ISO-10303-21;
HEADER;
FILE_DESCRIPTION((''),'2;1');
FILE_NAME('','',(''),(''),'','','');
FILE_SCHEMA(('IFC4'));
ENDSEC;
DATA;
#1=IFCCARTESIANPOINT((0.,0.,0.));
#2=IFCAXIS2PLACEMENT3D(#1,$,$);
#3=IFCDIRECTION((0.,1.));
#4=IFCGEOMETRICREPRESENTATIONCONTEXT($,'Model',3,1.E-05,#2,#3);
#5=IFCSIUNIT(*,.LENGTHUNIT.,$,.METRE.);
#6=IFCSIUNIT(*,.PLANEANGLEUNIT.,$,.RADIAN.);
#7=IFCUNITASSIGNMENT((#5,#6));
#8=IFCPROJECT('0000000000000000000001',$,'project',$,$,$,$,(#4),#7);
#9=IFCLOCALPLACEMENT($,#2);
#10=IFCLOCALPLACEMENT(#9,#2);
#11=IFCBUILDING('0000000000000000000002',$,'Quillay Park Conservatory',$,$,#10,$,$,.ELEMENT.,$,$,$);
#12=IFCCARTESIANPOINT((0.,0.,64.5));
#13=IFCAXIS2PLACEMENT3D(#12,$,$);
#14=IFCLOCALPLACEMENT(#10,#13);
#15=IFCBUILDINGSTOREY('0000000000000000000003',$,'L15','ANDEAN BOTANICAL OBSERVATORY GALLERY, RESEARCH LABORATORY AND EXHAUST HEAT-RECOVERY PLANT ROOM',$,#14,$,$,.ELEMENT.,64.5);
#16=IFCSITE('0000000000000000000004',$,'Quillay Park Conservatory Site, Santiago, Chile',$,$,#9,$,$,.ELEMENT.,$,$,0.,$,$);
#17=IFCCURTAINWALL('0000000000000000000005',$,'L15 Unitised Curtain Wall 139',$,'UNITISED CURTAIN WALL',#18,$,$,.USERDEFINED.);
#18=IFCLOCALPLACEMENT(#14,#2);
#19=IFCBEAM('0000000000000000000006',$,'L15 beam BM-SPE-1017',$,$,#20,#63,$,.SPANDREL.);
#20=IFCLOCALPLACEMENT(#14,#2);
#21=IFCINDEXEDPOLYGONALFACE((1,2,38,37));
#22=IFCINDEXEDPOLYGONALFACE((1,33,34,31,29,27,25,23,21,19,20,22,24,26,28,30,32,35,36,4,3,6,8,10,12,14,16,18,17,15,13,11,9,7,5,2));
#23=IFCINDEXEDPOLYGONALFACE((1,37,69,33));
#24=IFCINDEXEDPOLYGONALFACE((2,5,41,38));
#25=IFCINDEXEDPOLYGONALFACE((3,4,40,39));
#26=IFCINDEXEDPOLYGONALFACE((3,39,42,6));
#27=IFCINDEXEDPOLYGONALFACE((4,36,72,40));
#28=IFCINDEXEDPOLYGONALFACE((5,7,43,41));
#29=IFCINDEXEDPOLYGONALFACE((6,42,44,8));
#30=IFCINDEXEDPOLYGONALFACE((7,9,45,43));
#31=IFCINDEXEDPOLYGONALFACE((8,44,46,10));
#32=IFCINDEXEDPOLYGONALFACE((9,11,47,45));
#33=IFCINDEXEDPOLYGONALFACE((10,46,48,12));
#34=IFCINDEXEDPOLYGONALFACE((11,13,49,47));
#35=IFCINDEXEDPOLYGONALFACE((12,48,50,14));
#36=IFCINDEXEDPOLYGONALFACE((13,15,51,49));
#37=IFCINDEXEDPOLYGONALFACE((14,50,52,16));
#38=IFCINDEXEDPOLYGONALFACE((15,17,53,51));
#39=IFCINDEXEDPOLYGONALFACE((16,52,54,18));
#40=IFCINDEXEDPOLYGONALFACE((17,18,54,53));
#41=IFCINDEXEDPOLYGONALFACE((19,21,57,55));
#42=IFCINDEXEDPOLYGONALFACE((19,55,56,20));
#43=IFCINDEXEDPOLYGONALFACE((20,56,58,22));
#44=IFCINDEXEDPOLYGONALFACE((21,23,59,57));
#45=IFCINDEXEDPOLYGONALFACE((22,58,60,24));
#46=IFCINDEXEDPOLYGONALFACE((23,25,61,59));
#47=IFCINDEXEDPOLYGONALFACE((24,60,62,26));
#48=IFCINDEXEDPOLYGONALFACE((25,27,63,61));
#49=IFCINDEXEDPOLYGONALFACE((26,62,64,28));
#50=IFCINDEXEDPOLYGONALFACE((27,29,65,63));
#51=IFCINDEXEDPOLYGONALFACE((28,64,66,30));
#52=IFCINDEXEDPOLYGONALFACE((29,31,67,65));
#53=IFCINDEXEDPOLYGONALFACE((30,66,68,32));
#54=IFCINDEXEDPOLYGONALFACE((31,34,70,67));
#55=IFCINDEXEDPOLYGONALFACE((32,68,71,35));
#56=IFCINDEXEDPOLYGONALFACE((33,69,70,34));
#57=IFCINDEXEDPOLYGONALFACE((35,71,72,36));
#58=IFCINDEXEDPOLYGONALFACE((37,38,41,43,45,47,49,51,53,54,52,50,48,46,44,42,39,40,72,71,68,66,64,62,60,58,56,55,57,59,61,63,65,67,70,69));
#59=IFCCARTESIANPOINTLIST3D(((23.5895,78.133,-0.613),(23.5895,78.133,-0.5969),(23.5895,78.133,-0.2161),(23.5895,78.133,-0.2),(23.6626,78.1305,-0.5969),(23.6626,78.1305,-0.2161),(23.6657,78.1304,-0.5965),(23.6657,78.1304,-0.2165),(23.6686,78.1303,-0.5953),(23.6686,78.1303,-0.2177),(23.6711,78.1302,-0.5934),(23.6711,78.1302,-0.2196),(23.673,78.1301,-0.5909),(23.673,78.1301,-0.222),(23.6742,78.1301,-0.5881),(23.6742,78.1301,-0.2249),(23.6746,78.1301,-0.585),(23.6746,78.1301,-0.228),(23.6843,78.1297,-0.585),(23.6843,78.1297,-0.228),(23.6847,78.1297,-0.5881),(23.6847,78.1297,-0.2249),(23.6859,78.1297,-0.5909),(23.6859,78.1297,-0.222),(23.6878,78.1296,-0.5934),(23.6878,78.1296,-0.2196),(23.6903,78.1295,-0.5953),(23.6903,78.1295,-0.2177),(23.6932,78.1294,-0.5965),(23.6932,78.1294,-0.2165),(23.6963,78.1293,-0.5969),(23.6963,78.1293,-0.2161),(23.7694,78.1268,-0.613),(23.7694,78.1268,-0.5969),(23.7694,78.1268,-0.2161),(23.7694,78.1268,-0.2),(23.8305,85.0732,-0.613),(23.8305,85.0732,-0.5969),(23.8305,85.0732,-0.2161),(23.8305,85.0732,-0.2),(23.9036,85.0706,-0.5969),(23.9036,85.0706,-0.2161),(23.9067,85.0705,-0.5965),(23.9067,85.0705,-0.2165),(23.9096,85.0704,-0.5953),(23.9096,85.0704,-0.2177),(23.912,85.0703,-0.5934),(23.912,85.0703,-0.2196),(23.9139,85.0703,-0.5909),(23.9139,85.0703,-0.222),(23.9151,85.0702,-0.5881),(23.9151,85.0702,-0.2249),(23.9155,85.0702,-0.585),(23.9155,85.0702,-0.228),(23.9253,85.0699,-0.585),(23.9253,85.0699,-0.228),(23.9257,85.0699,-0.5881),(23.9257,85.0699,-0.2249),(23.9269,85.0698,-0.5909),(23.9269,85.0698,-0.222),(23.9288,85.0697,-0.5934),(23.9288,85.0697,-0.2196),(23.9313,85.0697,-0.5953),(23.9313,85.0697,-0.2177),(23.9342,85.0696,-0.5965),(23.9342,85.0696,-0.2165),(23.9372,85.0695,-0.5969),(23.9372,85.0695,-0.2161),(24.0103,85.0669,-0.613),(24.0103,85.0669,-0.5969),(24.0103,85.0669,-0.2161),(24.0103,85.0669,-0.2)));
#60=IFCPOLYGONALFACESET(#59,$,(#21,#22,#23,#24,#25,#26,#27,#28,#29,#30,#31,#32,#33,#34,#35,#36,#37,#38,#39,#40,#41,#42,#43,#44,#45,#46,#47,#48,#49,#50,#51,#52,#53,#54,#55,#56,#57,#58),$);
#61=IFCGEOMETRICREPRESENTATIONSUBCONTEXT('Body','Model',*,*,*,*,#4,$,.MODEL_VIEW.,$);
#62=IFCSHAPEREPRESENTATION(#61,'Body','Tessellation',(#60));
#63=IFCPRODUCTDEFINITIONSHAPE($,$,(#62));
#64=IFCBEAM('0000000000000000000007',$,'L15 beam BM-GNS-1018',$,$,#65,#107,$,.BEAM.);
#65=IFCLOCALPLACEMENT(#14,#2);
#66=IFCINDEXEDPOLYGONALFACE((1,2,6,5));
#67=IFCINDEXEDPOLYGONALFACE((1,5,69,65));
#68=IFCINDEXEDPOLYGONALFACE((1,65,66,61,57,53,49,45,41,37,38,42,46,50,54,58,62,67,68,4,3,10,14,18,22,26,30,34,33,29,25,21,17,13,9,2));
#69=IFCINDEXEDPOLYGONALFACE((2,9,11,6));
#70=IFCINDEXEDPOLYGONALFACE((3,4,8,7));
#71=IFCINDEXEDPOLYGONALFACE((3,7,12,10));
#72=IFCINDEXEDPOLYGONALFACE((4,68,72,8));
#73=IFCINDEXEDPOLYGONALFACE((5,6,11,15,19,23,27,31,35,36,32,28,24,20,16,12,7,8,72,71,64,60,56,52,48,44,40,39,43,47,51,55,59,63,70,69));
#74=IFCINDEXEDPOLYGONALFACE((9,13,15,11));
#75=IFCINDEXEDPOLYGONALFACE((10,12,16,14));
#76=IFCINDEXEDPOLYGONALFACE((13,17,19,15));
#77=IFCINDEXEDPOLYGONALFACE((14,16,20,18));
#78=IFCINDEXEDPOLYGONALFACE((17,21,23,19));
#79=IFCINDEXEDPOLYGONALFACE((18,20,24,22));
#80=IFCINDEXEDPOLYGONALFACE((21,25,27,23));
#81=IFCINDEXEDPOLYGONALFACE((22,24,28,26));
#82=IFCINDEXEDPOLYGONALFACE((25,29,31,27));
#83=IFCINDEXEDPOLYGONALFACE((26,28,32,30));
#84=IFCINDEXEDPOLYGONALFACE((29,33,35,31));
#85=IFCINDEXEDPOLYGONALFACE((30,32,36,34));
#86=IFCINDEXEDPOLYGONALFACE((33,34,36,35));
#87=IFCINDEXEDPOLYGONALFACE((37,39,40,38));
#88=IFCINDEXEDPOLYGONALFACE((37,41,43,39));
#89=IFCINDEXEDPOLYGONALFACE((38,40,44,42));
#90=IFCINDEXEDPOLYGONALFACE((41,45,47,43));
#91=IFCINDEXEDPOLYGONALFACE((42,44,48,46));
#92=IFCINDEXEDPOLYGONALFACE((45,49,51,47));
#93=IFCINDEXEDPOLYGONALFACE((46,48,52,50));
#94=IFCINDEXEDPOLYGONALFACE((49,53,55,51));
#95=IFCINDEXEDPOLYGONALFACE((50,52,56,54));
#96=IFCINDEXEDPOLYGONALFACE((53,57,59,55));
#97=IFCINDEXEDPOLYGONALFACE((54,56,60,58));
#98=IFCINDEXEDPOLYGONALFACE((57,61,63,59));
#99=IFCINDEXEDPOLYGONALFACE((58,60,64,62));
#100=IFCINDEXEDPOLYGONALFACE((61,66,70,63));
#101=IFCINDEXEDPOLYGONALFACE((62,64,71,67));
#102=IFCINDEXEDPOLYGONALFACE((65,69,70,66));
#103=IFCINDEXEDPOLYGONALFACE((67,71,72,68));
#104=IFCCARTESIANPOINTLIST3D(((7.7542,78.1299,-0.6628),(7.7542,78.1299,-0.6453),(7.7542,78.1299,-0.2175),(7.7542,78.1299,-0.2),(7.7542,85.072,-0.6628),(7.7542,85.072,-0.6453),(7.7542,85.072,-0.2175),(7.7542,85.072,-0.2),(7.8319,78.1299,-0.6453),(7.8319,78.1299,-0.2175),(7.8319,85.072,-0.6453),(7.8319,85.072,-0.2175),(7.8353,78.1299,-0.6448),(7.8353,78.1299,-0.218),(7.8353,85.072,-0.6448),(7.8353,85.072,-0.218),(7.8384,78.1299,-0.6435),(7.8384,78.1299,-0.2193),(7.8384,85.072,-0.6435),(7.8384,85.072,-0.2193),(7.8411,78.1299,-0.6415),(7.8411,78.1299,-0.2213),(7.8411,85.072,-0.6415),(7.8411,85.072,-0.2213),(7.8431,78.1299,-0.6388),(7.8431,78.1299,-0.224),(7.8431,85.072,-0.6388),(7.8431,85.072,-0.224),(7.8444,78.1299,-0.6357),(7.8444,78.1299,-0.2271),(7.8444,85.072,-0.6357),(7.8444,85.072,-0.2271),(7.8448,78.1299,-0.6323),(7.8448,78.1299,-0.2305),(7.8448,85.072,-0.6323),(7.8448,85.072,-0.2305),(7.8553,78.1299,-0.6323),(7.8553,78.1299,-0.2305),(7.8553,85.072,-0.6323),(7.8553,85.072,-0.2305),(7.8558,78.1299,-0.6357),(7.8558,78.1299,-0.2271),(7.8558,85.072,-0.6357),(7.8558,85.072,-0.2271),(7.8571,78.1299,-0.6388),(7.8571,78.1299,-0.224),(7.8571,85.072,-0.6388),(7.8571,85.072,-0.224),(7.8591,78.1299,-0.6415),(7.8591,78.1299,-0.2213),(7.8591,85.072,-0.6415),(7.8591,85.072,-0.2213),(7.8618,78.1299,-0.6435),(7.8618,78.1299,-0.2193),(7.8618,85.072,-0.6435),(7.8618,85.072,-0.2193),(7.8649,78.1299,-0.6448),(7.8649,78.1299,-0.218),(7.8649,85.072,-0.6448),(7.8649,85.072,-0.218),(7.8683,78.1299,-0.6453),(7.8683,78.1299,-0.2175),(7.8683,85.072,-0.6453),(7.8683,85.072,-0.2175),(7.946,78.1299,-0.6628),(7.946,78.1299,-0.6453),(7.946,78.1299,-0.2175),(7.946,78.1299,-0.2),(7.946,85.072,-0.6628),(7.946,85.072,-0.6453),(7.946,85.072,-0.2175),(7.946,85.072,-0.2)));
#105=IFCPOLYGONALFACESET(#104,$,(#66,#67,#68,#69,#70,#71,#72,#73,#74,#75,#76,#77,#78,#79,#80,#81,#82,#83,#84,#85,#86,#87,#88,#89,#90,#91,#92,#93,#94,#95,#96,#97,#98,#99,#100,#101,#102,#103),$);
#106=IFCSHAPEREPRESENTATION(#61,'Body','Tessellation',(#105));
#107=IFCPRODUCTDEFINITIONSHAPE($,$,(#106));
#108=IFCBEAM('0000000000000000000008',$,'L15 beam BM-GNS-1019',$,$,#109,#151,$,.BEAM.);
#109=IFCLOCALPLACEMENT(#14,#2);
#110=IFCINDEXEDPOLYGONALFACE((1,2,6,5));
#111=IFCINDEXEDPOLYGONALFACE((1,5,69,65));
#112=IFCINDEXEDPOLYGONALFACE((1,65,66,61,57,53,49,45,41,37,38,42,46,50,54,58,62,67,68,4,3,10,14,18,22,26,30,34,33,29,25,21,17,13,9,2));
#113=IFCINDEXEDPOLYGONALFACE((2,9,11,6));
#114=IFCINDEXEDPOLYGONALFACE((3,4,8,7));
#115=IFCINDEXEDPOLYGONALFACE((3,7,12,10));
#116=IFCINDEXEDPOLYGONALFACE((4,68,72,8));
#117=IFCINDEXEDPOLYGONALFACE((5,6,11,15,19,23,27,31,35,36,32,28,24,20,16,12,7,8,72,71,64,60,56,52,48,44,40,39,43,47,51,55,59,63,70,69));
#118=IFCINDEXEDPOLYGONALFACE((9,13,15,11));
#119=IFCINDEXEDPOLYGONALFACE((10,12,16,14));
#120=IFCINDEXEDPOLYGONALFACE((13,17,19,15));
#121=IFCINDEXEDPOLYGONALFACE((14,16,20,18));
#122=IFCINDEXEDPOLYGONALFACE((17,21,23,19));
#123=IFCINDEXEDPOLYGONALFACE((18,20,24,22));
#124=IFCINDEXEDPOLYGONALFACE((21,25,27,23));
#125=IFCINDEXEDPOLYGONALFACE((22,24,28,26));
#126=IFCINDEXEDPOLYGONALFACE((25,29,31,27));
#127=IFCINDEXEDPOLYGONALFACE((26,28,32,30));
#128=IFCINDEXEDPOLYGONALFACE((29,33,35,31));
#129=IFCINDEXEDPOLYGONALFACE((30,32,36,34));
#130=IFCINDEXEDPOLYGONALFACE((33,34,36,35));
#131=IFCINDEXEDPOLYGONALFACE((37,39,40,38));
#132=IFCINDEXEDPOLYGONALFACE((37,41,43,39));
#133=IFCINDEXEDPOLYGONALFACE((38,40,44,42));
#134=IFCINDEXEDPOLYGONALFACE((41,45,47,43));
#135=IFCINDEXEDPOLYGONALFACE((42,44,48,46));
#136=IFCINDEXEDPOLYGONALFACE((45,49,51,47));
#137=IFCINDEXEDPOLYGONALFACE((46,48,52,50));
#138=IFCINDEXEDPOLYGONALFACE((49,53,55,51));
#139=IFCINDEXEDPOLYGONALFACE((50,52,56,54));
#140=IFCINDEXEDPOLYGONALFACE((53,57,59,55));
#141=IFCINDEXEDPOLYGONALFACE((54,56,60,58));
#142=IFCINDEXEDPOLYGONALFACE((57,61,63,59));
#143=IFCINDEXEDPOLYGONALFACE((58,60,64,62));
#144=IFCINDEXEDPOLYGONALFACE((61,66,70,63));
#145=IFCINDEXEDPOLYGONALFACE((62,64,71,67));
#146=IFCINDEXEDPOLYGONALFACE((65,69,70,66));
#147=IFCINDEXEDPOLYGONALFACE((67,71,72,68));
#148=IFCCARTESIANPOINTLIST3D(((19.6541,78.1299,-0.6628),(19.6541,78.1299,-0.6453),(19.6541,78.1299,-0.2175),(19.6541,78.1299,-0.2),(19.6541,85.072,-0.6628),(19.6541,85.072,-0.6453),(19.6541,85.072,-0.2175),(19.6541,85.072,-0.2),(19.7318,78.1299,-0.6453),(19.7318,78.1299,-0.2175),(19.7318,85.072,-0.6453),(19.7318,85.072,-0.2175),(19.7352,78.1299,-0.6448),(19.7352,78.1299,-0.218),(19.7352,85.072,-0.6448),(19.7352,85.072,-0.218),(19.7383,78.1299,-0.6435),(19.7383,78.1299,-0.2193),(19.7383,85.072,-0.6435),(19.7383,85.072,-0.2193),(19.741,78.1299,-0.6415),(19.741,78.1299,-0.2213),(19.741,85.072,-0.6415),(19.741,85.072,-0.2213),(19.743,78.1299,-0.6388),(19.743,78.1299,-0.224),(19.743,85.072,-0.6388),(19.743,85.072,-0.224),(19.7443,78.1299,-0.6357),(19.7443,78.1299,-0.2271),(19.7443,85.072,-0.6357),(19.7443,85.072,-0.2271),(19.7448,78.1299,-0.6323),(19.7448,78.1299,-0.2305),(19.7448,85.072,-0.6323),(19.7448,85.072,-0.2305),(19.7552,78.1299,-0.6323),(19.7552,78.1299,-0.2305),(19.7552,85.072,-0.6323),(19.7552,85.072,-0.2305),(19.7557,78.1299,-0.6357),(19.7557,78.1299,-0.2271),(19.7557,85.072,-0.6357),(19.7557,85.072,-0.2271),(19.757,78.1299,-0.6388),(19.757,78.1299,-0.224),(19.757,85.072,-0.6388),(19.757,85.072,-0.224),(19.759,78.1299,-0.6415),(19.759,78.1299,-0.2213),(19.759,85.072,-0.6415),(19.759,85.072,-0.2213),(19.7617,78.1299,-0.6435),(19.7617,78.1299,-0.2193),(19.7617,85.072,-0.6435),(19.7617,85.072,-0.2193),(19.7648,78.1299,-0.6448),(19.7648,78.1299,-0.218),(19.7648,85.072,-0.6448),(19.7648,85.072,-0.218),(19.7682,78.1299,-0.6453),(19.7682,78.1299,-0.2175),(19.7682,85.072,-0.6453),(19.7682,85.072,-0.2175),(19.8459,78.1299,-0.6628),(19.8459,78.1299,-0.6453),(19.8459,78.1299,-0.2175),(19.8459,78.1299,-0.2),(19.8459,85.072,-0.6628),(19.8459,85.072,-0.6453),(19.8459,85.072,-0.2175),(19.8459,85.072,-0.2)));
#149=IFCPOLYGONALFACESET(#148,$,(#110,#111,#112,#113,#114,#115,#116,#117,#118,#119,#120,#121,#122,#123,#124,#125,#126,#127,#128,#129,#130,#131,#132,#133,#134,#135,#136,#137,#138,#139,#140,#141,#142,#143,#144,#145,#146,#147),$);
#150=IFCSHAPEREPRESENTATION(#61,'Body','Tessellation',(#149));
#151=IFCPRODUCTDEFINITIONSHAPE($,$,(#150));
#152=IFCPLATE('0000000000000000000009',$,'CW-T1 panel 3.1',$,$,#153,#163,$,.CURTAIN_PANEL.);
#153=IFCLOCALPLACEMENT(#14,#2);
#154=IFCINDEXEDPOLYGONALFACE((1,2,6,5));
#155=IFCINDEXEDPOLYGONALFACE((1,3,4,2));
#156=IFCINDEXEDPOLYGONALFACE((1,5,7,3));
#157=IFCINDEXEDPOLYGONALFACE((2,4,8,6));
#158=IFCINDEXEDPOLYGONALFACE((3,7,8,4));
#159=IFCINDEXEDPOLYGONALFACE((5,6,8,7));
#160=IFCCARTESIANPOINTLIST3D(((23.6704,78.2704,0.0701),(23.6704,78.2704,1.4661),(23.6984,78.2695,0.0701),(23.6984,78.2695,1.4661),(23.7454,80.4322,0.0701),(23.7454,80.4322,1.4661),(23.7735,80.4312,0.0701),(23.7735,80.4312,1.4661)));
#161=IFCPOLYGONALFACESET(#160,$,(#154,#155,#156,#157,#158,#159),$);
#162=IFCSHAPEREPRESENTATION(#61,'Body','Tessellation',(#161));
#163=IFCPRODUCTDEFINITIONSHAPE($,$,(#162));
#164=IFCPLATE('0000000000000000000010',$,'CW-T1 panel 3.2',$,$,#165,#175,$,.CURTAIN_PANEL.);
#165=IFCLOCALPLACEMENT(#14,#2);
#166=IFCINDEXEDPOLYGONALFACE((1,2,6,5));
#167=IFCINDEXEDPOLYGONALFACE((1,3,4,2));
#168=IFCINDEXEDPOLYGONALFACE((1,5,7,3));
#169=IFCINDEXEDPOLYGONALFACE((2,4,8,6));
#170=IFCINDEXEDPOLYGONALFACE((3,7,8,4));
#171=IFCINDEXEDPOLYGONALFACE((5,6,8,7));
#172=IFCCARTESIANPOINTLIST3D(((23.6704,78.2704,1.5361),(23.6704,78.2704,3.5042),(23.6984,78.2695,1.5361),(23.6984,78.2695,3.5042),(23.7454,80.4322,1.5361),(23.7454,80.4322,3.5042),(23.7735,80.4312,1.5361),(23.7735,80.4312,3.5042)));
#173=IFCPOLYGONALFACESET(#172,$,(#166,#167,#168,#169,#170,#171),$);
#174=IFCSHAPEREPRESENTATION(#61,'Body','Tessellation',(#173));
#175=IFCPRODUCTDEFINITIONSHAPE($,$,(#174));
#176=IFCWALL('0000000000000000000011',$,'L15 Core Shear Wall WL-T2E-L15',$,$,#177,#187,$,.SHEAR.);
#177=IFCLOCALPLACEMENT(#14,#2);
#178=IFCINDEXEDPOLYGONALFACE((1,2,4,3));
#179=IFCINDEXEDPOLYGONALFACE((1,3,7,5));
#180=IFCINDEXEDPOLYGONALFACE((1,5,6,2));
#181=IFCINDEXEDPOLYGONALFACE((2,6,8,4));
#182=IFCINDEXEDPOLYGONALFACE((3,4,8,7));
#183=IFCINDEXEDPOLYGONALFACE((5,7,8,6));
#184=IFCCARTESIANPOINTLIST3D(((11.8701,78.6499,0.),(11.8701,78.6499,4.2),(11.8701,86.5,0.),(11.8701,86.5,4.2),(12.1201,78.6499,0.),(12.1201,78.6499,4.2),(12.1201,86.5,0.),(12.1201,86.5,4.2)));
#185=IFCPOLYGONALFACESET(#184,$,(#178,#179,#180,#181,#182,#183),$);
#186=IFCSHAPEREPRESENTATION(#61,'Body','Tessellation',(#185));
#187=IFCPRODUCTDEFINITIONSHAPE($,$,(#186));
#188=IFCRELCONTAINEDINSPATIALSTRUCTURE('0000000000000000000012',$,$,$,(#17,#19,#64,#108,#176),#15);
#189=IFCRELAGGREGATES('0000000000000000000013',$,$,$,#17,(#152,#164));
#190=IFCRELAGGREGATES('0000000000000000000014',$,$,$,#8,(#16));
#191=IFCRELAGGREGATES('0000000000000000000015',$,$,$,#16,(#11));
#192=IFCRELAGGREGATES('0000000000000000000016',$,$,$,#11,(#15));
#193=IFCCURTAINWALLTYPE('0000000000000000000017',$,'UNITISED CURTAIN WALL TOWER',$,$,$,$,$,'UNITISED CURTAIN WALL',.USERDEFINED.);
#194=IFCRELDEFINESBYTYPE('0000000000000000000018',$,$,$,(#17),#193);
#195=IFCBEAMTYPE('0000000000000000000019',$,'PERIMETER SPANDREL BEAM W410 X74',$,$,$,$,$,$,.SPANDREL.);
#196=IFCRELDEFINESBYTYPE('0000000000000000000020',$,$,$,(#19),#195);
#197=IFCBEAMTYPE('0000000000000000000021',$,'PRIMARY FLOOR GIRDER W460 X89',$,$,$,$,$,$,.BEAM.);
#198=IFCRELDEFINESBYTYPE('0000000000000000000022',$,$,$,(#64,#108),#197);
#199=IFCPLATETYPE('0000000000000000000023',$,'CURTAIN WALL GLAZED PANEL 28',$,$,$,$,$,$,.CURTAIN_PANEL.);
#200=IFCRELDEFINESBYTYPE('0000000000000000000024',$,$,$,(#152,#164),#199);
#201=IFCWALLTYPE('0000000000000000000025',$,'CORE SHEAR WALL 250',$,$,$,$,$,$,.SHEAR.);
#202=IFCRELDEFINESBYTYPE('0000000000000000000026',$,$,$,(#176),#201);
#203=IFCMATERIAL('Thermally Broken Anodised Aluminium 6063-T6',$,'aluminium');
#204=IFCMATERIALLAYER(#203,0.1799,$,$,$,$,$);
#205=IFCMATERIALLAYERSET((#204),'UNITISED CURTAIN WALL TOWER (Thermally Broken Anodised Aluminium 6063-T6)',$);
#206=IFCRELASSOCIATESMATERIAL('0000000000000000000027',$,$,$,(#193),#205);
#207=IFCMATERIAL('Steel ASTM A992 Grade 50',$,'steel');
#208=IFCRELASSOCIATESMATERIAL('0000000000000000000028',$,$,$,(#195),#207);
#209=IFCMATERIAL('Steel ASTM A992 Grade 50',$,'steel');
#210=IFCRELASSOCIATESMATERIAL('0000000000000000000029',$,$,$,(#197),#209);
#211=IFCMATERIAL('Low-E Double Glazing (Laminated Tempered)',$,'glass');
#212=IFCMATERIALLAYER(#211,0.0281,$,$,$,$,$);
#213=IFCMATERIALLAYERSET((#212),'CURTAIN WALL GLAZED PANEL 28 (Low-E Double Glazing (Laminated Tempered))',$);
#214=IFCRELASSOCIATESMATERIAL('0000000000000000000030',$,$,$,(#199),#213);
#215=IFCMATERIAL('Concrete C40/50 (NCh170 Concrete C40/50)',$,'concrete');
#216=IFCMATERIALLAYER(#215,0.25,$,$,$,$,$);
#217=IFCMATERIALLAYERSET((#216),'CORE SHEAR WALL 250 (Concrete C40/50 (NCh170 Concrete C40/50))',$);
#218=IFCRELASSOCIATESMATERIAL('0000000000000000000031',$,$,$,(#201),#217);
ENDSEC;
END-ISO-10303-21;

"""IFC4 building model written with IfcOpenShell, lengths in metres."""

from ifc_helpers import new_model, si_unit, direction, frame, frame_2d, origin, origin_2d, place, context, subcontext, project, spatial, rectangle, i_section, extrude, material, layer, layer_set, material_profile, profile_set, type_object, element, aggregate, save


model = new_model("IFC4")

# Units and contexts
model_context = context("Model", 3, precision=1e-05, world=origin(), true_north=direction((0.0, 1.0)))
body_context = subcontext(model_context, "Body", "Model", "MODEL_VIEW")
ifc_project = project(units=[si_unit("LENGTHUNIT", "METRE"), si_unit("PLANEANGLEUNIT", "RADIAN")], contexts=[model_context])

# Site, building, storey
site_placement = place(None, origin())
site = spatial("IfcSite", under=ifc_project, at=site_placement, Name="Quillay Park Conservatory Site, Santiago, Chile", CompositionType="ELEMENT", RefElevation=0.0)
building_placement = place(site_placement, origin())
building = spatial("IfcBuilding", under=site, at=building_placement, Name="Quillay Park Conservatory", CompositionType="ELEMENT")
storey_placement = place(building_placement, frame((0.0, 0.0, 64.5)))
storey = spatial("IfcBuildingStorey", under=building, at=storey_placement, Name="L15", Description="ANDEAN BOTANICAL OBSERVATORY GALLERY, RESEARCH LABORATORY AND EXHAUST HEAT-RECOVERY PLANT ROOM", CompositionType="ELEMENT", Elevation=64.5)

# Curtain wall
ifc_material_1 = material(Name="Thermally Broken Anodised Aluminium 6063-T6", Category="aluminium")
ifc_layer_1 = layer(ifc_material_1, 0.1799)
ifc_layer_set_1 = layer_set([ifc_layer_1], Name="UNITISED CURTAIN WALL TOWER (Thermally Broken Anodised Aluminium 6063-T6)")
curtain_wall_type = type_object("IfcCurtainWallType", Name="UNITISED CURTAIN WALL TOWER", ElementType="UNITISED CURTAIN WALL", PredefinedType="USERDEFINED", material=ifc_layer_set_1)
curtain_wall_placement = place(storey_placement, origin())
curtain_wall = element("IfcCurtainWall", 1, at=curtain_wall_placement, inside=storey, type_object=curtain_wall_type, Name="L15 Unitised Curtain Wall 139", ObjectType="UNITISED CURTAIN WALL", PredefinedType="USERDEFINED")

# Beams
ifc_material_2 = material(Name="Steel ASTM A992 Grade 50", Category="steel")
ifc_material_profile_1 = material_profile(ifc_material_2, i_section(OverallWidth=0.1799, OverallDepth=0.4131, WebThickness=0.0098, FlangeThickness=0.0161, FilletRadius=0.012, at=origin_2d()), Name="W410x74")
ifc_profile_set_1 = profile_set([ifc_material_profile_1], Name="Steel ASTM A992 Grade 50")
beam_type_1 = type_object("IfcBeamType", Name="PERIMETER SPANDREL BEAM W410 X74", PredefinedType="SPANDREL", material=ifc_profile_set_1)
beam_1_placement = place(storey_placement, frame((23.6794, 78.1299, -0.4065), z_axis=(0.0347, 0.999398, 0.0), x_axis=(-0.999398, 0.0347, 0.0)))
element("IfcBeam", 2, at=beam_1_placement, inside=storey, type_object=beam_type_1, Name="L15 beam BM-SPE-1017", PredefinedType="SPANDREL", context=body_context, shape_type="SweptSolid", body=[
    extrude(i_section(OverallWidth=0.1799, OverallDepth=0.4131, WebThickness=0.0098, FlangeThickness=0.0161, FilletRadius=0.012, at=origin_2d()), origin(), (0.0, 0.0, 1.0), 6.9443),
])
ifc_material_3 = material(Name="Steel ASTM A992 Grade 50", Category="steel")
ifc_material_profile_2 = material_profile(ifc_material_3, i_section(OverallWidth=0.1919, OverallDepth=0.4629, WebThickness=0.0105, FlangeThickness=0.0176, FilletRadius=0.0129, at=origin_2d()), Name="W460x89")
ifc_profile_set_2 = profile_set([ifc_material_profile_2], Name="Steel ASTM A992 Grade 50")
beam_type_2 = type_object("IfcBeamType", Name="PRIMARY FLOOR GIRDER W460 X89", PredefinedType="BEAM", material=ifc_profile_set_2)
for number, where, z_axis, x_axis, name in (
    (3, (7.8501, 78.1299, -0.4314), (0.0, 1.0, 0.0), (-1.0, 0.0, 0.0), "L15 beam BM-GNS-1018"),
    (4, (19.75, 78.1299, -0.4314), (0.0, 1.0, 0.0), (-1.0, 0.0, 0.0), "L15 beam BM-GNS-1019"),
):
    element("IfcBeam", number, at=place(storey_placement, frame(where, z_axis=z_axis, x_axis=x_axis)), inside=storey, type_object=beam_type_2, Name=name, PredefinedType="BEAM", context=body_context, shape_type="SweptSolid", body=[
        extrude(i_section(OverallWidth=0.1919, OverallDepth=0.4629, WebThickness=0.0105, FlangeThickness=0.0176, FilletRadius=0.0129, at=origin_2d()), origin(), (0.0, 0.0, 1.0), 6.9421),
    ])

# Plates
ifc_material_4 = material(Name="Low-E Double Glazing (Laminated Tempered)", Category="glass")
ifc_layer_2 = layer(ifc_material_4, 0.0281)
ifc_layer_set_2 = layer_set([ifc_layer_2], Name="CURTAIN WALL GLAZED PANEL 28 (Low-E Double Glazing (Laminated Tempered))")
plate_type = type_object("IfcPlateType", Name="CURTAIN WALL GLAZED PANEL 28", PredefinedType="CURTAIN_PANEL", material=ifc_layer_set_2)
plate_1_placement = place(storey_placement, frame((23.7219, 79.3508, 0.0701), z_axis=(0.0, 0.0, 1.0), x_axis=(-0.034713, -0.999397, 0.0)))
plate_1 = element("IfcPlate", 5, at=plate_1_placement, type_object=plate_type, Name="CW-T1 panel 3.1", PredefinedType="CURTAIN_PANEL", context=body_context, shape_type="SweptSolid", body=[
    extrude(rectangle(XDim=2.1631, YDim=0.0281, at=origin_2d()), origin(), (0.0, 0.0, 1.0), 1.396),
])
plate_2_placement = place(storey_placement, frame((23.7219, 79.3508, 1.5361), z_axis=(0.0, 0.0, 1.0), x_axis=(-0.034713, -0.999397, 0.0)))
plate_2 = element("IfcPlate", 6, at=plate_2_placement, type_object=plate_type, Name="CW-T1 panel 3.2", PredefinedType="CURTAIN_PANEL", context=body_context, shape_type="SweptSolid", body=[
    extrude(rectangle(XDim=2.1631, YDim=0.0281, at=origin_2d()), origin(), (0.0, 0.0, 1.0), 1.968),
])
aggregate(curtain_wall, [plate_1, plate_2])

# Wall
ifc_material_5 = material(Name="Concrete C40/50 (NCh170 Concrete C40/50)", Category="concrete")
ifc_layer_3 = layer(ifc_material_5, 0.25)
ifc_layer_set_3 = layer_set([ifc_layer_3], Name="CORE SHEAR WALL 250 (Concrete C40/50 (NCh170 Concrete C40/50))")
wall_type_1 = type_object("IfcWallType", Name="CORE SHEAR WALL 250", PredefinedType="SHEAR", material=ifc_layer_set_3)
wall_1_placement = place(storey_placement, frame((11.9951, 78.6499, 0.0), z_axis=(0.0, 0.0, 1.0), x_axis=(0.0, 1.0, 0.0)))
element("IfcWall", 7, at=wall_1_placement, inside=storey, type_object=wall_type_1, Name="L15 Core Shear Wall WL-T2E-L15", PredefinedType="SHEAR", context=body_context, shape_type="SweptSolid", body=[
    extrude(rectangle(XDim=7.8501, YDim=0.25, at=frame_2d((3.925, 0.0))), origin(), (0.0, 0.0, 1.0), 4.2),
])

save(model, "model.ifc")
